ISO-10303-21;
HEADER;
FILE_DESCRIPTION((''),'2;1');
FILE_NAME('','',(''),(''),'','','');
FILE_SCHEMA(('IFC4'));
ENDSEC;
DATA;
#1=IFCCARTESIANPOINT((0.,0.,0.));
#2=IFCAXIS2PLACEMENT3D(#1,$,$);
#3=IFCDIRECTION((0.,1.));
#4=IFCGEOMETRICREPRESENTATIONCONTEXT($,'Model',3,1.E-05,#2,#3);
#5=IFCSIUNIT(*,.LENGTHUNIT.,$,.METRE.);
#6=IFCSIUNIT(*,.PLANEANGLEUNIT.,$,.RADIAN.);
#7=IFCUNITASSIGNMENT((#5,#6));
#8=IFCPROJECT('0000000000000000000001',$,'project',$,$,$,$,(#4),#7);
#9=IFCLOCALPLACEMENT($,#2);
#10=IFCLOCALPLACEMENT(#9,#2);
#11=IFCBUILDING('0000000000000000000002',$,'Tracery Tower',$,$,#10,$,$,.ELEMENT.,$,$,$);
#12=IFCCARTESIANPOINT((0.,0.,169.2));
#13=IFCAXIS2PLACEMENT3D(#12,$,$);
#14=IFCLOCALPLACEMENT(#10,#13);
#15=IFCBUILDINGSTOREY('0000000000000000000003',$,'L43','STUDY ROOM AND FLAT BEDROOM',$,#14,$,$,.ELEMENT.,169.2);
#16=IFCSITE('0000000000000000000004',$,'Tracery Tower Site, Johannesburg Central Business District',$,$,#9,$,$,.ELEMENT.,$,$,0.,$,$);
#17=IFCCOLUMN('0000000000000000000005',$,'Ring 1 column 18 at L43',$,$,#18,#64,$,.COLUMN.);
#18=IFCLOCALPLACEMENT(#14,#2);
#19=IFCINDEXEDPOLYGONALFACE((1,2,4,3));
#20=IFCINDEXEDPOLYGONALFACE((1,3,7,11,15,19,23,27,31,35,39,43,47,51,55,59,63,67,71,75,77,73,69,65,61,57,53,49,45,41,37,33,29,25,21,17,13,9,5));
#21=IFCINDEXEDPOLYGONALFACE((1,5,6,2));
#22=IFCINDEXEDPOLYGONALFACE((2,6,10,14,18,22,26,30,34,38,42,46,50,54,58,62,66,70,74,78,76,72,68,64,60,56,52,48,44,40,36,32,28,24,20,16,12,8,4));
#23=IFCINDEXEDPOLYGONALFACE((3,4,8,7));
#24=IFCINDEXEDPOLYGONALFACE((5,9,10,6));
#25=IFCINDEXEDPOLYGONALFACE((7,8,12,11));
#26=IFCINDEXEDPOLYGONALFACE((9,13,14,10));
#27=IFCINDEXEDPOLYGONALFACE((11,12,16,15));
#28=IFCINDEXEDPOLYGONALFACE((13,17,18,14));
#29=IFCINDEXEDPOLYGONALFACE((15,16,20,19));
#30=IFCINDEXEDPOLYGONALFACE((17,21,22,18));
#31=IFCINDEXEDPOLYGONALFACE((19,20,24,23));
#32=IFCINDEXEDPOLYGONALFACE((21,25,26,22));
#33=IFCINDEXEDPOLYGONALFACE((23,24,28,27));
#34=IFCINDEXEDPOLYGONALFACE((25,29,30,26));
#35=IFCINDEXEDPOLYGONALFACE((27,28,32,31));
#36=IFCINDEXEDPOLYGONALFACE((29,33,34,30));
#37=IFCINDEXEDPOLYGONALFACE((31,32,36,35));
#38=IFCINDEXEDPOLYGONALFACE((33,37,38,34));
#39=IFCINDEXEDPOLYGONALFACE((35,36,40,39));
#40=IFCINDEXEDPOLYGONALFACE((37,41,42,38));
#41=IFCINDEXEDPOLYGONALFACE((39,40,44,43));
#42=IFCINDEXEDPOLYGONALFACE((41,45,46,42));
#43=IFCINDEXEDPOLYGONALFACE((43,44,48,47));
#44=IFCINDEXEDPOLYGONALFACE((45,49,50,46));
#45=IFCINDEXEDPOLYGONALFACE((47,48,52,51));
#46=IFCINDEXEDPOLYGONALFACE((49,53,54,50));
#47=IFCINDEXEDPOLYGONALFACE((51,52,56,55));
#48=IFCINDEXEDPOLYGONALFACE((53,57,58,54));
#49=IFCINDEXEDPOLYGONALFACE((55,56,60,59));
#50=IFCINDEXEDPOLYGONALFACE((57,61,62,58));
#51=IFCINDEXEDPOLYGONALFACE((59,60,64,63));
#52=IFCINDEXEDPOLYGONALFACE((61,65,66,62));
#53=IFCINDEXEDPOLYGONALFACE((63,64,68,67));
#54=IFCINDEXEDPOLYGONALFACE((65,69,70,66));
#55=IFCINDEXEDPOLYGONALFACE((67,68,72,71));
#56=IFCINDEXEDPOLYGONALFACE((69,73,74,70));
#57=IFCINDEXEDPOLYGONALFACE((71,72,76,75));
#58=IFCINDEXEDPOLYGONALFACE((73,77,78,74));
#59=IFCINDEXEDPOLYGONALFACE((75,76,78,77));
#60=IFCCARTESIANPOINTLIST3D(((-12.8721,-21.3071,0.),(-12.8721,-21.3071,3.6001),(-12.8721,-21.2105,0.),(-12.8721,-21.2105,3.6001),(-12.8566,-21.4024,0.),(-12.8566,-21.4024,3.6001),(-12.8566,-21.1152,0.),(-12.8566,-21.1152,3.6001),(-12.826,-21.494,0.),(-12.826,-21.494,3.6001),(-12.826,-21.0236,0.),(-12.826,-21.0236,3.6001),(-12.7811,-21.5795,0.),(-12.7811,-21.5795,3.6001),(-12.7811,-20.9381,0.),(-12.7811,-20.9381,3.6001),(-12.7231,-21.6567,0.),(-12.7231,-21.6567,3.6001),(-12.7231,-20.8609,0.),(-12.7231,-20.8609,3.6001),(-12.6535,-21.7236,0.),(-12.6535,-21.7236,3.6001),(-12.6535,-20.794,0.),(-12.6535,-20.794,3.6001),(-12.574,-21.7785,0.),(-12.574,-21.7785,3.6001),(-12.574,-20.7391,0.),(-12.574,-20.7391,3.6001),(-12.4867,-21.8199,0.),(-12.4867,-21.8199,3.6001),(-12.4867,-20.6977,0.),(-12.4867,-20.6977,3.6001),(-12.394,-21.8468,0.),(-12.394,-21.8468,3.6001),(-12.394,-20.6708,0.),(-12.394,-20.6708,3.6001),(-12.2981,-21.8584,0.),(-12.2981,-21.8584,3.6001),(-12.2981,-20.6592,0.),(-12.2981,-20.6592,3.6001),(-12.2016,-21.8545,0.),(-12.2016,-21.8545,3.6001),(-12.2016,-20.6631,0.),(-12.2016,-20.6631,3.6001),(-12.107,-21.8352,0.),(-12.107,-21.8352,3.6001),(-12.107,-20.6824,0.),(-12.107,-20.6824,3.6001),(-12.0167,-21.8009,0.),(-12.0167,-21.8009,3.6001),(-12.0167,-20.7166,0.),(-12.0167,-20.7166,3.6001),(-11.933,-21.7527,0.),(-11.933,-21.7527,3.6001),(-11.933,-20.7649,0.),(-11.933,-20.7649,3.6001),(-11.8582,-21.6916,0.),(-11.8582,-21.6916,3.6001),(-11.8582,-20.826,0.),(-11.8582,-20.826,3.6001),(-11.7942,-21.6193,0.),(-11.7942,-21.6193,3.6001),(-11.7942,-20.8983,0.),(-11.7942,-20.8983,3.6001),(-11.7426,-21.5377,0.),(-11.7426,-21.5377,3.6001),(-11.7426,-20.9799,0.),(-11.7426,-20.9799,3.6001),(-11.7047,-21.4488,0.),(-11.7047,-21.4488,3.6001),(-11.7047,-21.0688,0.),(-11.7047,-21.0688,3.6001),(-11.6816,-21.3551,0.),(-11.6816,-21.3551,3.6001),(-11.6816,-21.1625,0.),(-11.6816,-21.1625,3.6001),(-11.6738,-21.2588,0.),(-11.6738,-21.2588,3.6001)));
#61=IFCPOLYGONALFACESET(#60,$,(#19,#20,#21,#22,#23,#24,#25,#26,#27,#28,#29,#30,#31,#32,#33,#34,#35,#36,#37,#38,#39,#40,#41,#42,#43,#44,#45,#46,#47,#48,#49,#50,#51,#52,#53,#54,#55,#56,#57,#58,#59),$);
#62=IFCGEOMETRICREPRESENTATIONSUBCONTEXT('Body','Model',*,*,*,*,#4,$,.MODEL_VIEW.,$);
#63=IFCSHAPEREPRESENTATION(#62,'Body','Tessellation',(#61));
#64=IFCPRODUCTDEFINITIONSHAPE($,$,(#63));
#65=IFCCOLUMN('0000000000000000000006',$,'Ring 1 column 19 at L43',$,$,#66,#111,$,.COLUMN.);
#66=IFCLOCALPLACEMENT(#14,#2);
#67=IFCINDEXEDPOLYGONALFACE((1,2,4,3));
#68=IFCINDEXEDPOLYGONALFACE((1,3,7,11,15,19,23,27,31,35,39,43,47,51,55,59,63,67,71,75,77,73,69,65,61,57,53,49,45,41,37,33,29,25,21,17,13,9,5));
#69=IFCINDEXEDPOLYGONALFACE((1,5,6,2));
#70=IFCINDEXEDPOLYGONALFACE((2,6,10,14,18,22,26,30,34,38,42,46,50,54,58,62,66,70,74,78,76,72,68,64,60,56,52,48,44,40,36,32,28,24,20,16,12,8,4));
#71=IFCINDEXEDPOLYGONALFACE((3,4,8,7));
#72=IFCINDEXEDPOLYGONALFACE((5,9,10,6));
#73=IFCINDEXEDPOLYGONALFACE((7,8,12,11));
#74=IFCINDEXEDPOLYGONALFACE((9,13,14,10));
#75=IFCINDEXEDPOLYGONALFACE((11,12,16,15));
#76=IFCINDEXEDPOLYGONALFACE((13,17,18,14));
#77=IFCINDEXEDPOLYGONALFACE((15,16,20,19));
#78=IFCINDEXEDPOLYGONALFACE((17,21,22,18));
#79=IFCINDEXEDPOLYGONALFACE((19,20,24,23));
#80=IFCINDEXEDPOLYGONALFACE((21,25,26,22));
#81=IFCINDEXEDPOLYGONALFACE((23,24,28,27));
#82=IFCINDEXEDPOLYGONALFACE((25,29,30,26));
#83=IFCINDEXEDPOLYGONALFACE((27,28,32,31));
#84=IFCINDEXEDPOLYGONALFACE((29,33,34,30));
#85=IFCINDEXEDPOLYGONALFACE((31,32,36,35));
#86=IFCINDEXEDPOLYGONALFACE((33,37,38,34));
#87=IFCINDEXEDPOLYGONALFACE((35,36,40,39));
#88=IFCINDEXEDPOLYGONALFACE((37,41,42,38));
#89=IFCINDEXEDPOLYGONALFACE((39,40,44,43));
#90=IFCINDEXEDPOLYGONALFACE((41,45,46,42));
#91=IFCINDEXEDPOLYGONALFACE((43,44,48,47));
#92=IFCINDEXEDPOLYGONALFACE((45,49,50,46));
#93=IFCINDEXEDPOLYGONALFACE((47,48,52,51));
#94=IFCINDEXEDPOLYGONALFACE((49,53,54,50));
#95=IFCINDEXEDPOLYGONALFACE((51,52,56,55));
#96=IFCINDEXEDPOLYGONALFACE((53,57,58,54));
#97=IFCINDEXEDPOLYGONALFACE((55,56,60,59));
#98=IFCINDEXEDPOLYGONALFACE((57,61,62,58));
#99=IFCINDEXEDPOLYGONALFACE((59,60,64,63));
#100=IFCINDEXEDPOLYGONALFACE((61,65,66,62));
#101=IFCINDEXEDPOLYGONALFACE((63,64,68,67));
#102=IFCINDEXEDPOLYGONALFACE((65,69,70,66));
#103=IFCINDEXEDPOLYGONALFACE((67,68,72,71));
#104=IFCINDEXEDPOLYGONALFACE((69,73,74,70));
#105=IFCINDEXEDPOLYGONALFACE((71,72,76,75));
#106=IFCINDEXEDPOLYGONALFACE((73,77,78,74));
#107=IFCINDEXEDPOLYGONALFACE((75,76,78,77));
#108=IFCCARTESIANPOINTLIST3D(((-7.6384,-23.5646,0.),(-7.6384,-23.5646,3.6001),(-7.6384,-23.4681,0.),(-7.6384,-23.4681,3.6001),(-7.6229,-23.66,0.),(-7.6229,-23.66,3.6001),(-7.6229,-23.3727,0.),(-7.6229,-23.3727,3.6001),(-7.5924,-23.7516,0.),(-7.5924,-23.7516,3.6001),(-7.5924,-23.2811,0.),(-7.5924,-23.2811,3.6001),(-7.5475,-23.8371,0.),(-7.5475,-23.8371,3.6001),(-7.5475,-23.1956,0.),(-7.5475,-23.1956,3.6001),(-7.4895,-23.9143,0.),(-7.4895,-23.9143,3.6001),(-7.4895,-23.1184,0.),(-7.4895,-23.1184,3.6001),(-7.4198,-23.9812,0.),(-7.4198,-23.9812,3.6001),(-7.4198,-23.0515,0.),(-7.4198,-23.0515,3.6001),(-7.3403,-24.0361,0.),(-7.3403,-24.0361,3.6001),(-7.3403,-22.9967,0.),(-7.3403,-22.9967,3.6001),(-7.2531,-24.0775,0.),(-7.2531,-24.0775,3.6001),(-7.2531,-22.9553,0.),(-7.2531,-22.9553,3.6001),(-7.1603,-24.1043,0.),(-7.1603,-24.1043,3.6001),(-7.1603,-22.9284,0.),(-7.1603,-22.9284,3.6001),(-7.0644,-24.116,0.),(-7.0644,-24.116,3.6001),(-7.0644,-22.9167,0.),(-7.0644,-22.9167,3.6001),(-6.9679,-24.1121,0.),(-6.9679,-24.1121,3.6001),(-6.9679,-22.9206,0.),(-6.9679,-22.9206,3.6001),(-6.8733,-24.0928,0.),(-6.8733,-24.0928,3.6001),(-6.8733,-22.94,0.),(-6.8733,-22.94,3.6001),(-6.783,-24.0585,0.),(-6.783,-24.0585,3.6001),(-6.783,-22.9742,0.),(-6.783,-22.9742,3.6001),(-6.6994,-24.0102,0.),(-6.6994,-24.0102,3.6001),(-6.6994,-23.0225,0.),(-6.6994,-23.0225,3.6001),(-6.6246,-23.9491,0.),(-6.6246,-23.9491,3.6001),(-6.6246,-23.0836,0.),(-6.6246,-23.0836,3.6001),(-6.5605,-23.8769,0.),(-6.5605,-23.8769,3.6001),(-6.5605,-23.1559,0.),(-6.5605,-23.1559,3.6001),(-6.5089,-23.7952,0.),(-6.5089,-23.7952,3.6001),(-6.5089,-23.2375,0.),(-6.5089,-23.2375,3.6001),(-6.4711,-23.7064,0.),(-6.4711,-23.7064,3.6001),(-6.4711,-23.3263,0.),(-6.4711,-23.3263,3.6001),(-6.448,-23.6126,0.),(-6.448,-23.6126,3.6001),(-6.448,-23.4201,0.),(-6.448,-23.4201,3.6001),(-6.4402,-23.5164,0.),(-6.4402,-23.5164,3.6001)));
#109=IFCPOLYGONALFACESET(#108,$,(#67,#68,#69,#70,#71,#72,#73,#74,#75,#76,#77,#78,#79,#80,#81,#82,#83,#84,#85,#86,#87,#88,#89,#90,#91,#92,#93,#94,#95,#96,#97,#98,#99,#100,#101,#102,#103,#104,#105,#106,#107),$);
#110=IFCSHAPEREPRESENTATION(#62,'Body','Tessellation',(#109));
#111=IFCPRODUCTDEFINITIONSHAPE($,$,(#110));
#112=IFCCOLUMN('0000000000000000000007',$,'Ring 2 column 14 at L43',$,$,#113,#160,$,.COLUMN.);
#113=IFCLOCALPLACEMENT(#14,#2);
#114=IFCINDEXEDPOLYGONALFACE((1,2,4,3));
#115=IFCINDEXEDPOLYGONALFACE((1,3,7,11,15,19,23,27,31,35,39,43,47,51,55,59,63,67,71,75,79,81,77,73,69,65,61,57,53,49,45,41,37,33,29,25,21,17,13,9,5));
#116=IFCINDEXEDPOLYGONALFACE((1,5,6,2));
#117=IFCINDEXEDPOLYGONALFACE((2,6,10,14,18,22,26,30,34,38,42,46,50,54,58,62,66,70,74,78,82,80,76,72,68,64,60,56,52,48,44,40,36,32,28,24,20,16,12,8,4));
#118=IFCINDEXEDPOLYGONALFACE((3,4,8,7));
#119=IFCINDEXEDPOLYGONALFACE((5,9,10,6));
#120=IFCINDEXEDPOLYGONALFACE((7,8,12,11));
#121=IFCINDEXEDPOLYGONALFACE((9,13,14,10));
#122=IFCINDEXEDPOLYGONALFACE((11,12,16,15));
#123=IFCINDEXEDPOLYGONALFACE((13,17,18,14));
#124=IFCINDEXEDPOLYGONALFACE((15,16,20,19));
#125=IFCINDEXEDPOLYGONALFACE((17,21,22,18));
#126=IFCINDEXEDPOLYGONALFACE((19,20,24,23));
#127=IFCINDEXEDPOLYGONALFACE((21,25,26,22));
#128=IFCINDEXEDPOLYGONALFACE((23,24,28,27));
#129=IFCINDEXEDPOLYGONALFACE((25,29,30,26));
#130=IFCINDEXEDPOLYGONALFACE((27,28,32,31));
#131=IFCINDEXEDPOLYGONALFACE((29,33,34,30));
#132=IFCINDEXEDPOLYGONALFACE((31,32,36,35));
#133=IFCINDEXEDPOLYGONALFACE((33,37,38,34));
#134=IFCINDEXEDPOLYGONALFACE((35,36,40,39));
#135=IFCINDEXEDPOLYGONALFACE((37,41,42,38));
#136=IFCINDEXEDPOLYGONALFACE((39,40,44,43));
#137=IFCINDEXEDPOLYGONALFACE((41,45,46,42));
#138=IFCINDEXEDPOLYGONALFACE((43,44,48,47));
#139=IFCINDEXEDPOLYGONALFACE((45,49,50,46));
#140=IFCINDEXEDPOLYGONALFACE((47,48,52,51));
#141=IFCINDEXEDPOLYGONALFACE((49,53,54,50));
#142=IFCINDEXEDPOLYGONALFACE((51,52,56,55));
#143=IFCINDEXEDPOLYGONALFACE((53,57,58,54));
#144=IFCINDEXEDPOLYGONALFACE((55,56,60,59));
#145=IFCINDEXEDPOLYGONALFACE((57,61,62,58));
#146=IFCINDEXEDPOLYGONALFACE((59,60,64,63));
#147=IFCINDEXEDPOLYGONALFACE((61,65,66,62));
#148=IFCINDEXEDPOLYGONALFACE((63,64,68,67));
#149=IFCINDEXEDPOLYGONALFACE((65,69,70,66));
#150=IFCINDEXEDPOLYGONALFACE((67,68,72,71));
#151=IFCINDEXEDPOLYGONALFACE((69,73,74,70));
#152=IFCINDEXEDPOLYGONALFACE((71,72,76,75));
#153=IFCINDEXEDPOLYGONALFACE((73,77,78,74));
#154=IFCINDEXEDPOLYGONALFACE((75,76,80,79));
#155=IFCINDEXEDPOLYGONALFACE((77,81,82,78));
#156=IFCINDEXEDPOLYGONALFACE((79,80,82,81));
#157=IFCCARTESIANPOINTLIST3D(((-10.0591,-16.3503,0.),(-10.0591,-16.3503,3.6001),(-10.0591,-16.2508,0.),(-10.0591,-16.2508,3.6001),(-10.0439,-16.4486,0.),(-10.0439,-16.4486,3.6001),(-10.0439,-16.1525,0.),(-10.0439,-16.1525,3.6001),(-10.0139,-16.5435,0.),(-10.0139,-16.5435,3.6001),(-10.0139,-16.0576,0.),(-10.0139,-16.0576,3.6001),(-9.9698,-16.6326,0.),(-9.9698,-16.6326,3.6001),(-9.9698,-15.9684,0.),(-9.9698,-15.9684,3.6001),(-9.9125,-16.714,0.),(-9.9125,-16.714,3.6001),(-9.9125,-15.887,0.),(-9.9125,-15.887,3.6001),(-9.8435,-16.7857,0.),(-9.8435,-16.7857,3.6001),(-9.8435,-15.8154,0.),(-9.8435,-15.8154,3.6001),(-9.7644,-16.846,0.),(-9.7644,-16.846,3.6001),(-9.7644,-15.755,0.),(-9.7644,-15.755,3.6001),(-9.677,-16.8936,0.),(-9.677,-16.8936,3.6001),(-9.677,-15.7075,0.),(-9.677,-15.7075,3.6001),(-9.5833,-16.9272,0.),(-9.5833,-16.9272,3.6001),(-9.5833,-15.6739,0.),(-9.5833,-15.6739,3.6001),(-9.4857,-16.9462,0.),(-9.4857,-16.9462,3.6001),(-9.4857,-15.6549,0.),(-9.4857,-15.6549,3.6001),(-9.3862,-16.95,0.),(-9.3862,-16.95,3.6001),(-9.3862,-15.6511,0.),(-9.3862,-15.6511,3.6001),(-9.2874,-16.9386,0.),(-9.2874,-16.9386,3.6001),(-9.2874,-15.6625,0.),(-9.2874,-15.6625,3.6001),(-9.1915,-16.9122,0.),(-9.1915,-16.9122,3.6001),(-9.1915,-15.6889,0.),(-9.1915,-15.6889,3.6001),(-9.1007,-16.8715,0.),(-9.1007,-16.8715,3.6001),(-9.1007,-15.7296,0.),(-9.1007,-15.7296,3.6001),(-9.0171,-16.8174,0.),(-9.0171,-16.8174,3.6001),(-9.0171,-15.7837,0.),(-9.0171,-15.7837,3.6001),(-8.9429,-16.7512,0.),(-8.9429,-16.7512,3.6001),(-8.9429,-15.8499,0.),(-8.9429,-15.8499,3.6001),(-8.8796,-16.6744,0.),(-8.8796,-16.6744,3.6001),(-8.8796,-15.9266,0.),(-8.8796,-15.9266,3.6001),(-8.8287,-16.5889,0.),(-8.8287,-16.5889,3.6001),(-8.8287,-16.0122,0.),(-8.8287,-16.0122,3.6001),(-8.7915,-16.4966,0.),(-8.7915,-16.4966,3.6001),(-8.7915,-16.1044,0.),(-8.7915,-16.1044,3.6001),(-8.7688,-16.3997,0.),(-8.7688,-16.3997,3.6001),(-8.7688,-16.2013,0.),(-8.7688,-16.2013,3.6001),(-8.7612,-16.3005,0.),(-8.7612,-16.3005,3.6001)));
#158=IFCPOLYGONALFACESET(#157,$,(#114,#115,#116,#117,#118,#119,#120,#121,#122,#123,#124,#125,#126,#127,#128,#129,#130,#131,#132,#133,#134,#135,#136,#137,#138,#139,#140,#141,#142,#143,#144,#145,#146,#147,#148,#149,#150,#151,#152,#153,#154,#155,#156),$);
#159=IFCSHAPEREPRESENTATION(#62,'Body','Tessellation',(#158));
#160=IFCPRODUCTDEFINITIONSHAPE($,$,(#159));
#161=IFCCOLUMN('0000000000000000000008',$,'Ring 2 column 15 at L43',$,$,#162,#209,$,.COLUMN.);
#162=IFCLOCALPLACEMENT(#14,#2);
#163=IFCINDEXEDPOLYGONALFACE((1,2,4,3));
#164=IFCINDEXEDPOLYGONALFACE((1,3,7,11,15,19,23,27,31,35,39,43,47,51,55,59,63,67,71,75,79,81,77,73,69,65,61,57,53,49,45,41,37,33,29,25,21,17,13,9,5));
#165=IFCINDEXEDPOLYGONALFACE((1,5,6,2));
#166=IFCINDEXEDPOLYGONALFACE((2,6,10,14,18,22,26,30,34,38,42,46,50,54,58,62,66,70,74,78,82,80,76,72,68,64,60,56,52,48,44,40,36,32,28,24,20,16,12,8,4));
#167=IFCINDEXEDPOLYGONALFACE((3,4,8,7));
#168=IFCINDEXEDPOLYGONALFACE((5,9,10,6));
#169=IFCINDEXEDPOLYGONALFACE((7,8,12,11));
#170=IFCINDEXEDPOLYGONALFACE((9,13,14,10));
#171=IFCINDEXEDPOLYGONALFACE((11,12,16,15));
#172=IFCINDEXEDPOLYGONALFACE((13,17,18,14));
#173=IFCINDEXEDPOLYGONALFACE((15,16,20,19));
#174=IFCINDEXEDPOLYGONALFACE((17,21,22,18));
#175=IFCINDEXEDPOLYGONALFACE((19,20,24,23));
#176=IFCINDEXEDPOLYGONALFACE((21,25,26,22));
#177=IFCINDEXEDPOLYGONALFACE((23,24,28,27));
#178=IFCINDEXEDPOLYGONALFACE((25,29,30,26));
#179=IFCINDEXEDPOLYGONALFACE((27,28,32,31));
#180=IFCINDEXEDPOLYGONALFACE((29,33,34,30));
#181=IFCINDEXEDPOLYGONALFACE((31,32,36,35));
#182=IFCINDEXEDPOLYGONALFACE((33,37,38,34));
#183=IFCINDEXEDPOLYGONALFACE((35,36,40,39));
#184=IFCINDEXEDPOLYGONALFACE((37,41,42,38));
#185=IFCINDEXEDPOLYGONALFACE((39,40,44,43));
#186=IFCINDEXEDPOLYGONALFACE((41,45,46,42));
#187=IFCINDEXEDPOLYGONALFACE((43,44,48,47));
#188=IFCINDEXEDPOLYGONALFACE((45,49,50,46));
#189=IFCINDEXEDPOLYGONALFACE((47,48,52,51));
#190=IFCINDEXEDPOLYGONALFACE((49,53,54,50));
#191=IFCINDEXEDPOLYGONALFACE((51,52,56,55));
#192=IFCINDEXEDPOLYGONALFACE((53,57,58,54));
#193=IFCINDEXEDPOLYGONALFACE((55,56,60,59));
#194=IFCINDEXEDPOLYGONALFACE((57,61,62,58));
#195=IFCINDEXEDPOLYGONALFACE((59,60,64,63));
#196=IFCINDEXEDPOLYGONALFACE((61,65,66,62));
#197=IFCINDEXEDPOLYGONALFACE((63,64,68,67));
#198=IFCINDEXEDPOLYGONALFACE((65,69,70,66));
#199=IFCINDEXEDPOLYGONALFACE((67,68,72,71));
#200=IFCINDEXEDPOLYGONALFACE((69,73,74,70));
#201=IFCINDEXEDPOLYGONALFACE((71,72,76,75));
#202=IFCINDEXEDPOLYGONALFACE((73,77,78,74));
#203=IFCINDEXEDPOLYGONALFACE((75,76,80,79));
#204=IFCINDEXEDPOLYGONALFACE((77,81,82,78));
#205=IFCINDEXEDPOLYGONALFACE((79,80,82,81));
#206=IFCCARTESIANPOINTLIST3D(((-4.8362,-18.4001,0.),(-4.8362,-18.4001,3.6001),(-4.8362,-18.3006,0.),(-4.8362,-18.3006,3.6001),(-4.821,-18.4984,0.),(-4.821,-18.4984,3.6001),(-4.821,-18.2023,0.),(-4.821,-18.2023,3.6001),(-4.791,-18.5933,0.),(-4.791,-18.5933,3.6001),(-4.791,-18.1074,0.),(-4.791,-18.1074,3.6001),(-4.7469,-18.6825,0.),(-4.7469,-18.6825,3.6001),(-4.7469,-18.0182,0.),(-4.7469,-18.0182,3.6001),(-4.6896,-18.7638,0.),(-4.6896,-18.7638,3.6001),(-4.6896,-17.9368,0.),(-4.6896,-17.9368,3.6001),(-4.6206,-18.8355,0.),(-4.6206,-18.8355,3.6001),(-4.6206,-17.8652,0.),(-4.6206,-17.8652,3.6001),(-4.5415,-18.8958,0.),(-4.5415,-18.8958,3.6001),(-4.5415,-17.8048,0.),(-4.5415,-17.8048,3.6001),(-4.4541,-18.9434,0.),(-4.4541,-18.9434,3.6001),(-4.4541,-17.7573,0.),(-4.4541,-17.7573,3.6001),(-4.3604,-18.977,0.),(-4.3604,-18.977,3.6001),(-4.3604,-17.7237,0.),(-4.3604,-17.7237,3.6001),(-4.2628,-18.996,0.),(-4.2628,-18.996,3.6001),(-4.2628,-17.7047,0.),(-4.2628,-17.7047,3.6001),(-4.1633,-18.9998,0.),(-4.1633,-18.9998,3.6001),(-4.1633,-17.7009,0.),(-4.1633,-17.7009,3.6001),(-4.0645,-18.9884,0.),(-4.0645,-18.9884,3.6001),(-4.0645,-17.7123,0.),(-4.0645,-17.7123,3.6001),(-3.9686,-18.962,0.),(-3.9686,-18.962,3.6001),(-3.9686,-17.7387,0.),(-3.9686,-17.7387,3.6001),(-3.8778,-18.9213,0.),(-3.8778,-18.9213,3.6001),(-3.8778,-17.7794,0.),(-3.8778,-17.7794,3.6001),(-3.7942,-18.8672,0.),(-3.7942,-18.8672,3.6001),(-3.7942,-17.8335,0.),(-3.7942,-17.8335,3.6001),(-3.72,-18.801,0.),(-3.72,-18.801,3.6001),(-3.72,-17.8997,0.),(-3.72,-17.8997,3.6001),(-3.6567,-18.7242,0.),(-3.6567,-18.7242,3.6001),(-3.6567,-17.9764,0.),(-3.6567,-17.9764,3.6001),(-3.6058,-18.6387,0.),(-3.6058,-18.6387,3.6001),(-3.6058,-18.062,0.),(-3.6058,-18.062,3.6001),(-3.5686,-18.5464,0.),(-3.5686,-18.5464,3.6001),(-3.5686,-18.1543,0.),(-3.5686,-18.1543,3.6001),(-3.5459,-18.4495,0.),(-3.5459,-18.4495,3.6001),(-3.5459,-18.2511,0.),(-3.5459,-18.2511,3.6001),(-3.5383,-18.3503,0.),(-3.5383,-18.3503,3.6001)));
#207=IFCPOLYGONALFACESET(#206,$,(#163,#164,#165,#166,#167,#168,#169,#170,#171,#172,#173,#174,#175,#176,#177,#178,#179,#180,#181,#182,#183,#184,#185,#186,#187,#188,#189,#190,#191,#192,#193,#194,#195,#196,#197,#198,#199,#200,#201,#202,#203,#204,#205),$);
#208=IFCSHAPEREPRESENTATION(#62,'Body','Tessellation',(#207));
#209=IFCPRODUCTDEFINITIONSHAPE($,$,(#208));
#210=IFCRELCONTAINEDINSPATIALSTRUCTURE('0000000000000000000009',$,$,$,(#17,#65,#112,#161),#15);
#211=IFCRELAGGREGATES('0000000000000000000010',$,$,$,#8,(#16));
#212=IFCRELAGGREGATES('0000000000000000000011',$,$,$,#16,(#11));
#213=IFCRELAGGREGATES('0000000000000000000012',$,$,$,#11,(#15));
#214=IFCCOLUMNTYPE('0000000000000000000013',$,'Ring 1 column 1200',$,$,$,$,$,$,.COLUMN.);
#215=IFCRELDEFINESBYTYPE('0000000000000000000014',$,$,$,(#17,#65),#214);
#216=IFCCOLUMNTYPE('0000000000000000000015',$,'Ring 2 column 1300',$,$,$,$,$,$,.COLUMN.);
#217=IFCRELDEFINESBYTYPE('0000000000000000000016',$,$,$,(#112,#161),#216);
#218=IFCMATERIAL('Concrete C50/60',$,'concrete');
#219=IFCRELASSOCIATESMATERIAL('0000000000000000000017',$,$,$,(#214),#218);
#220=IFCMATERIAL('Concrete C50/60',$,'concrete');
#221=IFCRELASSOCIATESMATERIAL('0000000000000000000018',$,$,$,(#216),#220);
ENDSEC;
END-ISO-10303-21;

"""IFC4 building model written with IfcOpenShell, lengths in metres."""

from ifc_helpers import new_model, si_unit, direction, frame, origin, origin_2d, place, context, subcontext, project, spatial, circle, extrude, material, material_profile, profile_set, type_object, element, save


model = new_model("IFC4")

# Units and contexts
model_context = context("Model", 3, precision=1e-05, world=origin(), true_north=direction((0.0, 1.0)))
body_context = subcontext(model_context, "Body", "Model", "MODEL_VIEW")
ifc_project = project(units=[si_unit("LENGTHUNIT", "METRE"), si_unit("PLANEANGLEUNIT", "RADIAN")], contexts=[model_context])

# Site, building, storey
site_placement = place(None, origin())
site = spatial("IfcSite", under=ifc_project, at=site_placement, Name="Tracery Tower Site, Johannesburg Central Business District", CompositionType="ELEMENT", RefElevation=0.0)
building_placement = place(site_placement, origin())
building = spatial("IfcBuilding", under=site, at=building_placement, Name="Tracery Tower", CompositionType="ELEMENT")
storey_placement = place(building_placement, frame((0.0, 0.0, 169.2)))
storey = spatial("IfcBuildingStorey", under=building, at=storey_placement, Name="L43", Description="STUDY ROOM AND FLAT BEDROOM", CompositionType="ELEMENT", Elevation=169.2)

# Columns
ifc_material_1 = material(Name="Concrete C50/60", Category="concrete")
ifc_material_profile_1 = material_profile(ifc_material_1, circle(Radius=0.6001, at=origin_2d()), Name="RC D1200")
ifc_profile_set_1 = profile_set([ifc_material_profile_1], Name="Concrete C50/60")
column_type_1 = type_object("IfcColumnType", Name="Ring 1 column 1200", PredefinedType="COLUMN", material=ifc_profile_set_1)
for number, where, z_axis, x_axis, name in (
    (1, (-12.2739, -21.2588, 0.0), (0.0, 0.0, 1.0), (1.0, 0.0, 0.0), "Ring 1 column 18 at L43"),
    (2, (-7.0403, -23.5164, 0.0), (0.0, 0.0, 1.0), (1.0, 0.0, 0.0), "Ring 1 column 19 at L43"),
):
    element("IfcColumn", number, at=place(storey_placement, frame(where, z_axis=z_axis, x_axis=x_axis)), inside=storey, type_object=column_type_1, Name=name, PredefinedType="COLUMN", context=body_context, shape_type="SweptSolid", body=[
        extrude(circle(Radius=0.6001, at=origin_2d()), origin(), (0.0, 0.0, 1.0), 3.6001),
    ])
ifc_material_2 = material(Name="Concrete C50/60", Category="concrete")
ifc_material_profile_2 = material_profile(ifc_material_2, circle(Radius=0.6499, at=origin_2d()), Name="RC D1300")
ifc_profile_set_2 = profile_set([ifc_material_profile_2], Name="Concrete C50/60")
column_type_2 = type_object("IfcColumnType", Name="Ring 2 column 1300", PredefinedType="COLUMN", material=ifc_profile_set_2)
for number, where, z_axis, x_axis, name in (
    (3, (-9.4111, -16.3005, 0.0), (0.0, 0.0, 1.0), (1.0, 0.0, 0.0), "Ring 2 column 14 at L43"),
    (4, (-4.1882, -18.3503, 0.0), (0.0, 0.0, 1.0), (1.0, 0.0, 0.0), "Ring 2 column 15 at L43"),
):
    element("IfcColumn", number, at=place(storey_placement, frame(where, z_axis=z_axis, x_axis=x_axis)), inside=storey, type_object=column_type_2, Name=name, PredefinedType="COLUMN", context=body_context, shape_type="SweptSolid", body=[
        extrude(circle(Radius=0.6499, at=origin_2d()), origin(), (0.0, 0.0, 1.0), 3.6001),
    ])

save(model, "model.ifc")
